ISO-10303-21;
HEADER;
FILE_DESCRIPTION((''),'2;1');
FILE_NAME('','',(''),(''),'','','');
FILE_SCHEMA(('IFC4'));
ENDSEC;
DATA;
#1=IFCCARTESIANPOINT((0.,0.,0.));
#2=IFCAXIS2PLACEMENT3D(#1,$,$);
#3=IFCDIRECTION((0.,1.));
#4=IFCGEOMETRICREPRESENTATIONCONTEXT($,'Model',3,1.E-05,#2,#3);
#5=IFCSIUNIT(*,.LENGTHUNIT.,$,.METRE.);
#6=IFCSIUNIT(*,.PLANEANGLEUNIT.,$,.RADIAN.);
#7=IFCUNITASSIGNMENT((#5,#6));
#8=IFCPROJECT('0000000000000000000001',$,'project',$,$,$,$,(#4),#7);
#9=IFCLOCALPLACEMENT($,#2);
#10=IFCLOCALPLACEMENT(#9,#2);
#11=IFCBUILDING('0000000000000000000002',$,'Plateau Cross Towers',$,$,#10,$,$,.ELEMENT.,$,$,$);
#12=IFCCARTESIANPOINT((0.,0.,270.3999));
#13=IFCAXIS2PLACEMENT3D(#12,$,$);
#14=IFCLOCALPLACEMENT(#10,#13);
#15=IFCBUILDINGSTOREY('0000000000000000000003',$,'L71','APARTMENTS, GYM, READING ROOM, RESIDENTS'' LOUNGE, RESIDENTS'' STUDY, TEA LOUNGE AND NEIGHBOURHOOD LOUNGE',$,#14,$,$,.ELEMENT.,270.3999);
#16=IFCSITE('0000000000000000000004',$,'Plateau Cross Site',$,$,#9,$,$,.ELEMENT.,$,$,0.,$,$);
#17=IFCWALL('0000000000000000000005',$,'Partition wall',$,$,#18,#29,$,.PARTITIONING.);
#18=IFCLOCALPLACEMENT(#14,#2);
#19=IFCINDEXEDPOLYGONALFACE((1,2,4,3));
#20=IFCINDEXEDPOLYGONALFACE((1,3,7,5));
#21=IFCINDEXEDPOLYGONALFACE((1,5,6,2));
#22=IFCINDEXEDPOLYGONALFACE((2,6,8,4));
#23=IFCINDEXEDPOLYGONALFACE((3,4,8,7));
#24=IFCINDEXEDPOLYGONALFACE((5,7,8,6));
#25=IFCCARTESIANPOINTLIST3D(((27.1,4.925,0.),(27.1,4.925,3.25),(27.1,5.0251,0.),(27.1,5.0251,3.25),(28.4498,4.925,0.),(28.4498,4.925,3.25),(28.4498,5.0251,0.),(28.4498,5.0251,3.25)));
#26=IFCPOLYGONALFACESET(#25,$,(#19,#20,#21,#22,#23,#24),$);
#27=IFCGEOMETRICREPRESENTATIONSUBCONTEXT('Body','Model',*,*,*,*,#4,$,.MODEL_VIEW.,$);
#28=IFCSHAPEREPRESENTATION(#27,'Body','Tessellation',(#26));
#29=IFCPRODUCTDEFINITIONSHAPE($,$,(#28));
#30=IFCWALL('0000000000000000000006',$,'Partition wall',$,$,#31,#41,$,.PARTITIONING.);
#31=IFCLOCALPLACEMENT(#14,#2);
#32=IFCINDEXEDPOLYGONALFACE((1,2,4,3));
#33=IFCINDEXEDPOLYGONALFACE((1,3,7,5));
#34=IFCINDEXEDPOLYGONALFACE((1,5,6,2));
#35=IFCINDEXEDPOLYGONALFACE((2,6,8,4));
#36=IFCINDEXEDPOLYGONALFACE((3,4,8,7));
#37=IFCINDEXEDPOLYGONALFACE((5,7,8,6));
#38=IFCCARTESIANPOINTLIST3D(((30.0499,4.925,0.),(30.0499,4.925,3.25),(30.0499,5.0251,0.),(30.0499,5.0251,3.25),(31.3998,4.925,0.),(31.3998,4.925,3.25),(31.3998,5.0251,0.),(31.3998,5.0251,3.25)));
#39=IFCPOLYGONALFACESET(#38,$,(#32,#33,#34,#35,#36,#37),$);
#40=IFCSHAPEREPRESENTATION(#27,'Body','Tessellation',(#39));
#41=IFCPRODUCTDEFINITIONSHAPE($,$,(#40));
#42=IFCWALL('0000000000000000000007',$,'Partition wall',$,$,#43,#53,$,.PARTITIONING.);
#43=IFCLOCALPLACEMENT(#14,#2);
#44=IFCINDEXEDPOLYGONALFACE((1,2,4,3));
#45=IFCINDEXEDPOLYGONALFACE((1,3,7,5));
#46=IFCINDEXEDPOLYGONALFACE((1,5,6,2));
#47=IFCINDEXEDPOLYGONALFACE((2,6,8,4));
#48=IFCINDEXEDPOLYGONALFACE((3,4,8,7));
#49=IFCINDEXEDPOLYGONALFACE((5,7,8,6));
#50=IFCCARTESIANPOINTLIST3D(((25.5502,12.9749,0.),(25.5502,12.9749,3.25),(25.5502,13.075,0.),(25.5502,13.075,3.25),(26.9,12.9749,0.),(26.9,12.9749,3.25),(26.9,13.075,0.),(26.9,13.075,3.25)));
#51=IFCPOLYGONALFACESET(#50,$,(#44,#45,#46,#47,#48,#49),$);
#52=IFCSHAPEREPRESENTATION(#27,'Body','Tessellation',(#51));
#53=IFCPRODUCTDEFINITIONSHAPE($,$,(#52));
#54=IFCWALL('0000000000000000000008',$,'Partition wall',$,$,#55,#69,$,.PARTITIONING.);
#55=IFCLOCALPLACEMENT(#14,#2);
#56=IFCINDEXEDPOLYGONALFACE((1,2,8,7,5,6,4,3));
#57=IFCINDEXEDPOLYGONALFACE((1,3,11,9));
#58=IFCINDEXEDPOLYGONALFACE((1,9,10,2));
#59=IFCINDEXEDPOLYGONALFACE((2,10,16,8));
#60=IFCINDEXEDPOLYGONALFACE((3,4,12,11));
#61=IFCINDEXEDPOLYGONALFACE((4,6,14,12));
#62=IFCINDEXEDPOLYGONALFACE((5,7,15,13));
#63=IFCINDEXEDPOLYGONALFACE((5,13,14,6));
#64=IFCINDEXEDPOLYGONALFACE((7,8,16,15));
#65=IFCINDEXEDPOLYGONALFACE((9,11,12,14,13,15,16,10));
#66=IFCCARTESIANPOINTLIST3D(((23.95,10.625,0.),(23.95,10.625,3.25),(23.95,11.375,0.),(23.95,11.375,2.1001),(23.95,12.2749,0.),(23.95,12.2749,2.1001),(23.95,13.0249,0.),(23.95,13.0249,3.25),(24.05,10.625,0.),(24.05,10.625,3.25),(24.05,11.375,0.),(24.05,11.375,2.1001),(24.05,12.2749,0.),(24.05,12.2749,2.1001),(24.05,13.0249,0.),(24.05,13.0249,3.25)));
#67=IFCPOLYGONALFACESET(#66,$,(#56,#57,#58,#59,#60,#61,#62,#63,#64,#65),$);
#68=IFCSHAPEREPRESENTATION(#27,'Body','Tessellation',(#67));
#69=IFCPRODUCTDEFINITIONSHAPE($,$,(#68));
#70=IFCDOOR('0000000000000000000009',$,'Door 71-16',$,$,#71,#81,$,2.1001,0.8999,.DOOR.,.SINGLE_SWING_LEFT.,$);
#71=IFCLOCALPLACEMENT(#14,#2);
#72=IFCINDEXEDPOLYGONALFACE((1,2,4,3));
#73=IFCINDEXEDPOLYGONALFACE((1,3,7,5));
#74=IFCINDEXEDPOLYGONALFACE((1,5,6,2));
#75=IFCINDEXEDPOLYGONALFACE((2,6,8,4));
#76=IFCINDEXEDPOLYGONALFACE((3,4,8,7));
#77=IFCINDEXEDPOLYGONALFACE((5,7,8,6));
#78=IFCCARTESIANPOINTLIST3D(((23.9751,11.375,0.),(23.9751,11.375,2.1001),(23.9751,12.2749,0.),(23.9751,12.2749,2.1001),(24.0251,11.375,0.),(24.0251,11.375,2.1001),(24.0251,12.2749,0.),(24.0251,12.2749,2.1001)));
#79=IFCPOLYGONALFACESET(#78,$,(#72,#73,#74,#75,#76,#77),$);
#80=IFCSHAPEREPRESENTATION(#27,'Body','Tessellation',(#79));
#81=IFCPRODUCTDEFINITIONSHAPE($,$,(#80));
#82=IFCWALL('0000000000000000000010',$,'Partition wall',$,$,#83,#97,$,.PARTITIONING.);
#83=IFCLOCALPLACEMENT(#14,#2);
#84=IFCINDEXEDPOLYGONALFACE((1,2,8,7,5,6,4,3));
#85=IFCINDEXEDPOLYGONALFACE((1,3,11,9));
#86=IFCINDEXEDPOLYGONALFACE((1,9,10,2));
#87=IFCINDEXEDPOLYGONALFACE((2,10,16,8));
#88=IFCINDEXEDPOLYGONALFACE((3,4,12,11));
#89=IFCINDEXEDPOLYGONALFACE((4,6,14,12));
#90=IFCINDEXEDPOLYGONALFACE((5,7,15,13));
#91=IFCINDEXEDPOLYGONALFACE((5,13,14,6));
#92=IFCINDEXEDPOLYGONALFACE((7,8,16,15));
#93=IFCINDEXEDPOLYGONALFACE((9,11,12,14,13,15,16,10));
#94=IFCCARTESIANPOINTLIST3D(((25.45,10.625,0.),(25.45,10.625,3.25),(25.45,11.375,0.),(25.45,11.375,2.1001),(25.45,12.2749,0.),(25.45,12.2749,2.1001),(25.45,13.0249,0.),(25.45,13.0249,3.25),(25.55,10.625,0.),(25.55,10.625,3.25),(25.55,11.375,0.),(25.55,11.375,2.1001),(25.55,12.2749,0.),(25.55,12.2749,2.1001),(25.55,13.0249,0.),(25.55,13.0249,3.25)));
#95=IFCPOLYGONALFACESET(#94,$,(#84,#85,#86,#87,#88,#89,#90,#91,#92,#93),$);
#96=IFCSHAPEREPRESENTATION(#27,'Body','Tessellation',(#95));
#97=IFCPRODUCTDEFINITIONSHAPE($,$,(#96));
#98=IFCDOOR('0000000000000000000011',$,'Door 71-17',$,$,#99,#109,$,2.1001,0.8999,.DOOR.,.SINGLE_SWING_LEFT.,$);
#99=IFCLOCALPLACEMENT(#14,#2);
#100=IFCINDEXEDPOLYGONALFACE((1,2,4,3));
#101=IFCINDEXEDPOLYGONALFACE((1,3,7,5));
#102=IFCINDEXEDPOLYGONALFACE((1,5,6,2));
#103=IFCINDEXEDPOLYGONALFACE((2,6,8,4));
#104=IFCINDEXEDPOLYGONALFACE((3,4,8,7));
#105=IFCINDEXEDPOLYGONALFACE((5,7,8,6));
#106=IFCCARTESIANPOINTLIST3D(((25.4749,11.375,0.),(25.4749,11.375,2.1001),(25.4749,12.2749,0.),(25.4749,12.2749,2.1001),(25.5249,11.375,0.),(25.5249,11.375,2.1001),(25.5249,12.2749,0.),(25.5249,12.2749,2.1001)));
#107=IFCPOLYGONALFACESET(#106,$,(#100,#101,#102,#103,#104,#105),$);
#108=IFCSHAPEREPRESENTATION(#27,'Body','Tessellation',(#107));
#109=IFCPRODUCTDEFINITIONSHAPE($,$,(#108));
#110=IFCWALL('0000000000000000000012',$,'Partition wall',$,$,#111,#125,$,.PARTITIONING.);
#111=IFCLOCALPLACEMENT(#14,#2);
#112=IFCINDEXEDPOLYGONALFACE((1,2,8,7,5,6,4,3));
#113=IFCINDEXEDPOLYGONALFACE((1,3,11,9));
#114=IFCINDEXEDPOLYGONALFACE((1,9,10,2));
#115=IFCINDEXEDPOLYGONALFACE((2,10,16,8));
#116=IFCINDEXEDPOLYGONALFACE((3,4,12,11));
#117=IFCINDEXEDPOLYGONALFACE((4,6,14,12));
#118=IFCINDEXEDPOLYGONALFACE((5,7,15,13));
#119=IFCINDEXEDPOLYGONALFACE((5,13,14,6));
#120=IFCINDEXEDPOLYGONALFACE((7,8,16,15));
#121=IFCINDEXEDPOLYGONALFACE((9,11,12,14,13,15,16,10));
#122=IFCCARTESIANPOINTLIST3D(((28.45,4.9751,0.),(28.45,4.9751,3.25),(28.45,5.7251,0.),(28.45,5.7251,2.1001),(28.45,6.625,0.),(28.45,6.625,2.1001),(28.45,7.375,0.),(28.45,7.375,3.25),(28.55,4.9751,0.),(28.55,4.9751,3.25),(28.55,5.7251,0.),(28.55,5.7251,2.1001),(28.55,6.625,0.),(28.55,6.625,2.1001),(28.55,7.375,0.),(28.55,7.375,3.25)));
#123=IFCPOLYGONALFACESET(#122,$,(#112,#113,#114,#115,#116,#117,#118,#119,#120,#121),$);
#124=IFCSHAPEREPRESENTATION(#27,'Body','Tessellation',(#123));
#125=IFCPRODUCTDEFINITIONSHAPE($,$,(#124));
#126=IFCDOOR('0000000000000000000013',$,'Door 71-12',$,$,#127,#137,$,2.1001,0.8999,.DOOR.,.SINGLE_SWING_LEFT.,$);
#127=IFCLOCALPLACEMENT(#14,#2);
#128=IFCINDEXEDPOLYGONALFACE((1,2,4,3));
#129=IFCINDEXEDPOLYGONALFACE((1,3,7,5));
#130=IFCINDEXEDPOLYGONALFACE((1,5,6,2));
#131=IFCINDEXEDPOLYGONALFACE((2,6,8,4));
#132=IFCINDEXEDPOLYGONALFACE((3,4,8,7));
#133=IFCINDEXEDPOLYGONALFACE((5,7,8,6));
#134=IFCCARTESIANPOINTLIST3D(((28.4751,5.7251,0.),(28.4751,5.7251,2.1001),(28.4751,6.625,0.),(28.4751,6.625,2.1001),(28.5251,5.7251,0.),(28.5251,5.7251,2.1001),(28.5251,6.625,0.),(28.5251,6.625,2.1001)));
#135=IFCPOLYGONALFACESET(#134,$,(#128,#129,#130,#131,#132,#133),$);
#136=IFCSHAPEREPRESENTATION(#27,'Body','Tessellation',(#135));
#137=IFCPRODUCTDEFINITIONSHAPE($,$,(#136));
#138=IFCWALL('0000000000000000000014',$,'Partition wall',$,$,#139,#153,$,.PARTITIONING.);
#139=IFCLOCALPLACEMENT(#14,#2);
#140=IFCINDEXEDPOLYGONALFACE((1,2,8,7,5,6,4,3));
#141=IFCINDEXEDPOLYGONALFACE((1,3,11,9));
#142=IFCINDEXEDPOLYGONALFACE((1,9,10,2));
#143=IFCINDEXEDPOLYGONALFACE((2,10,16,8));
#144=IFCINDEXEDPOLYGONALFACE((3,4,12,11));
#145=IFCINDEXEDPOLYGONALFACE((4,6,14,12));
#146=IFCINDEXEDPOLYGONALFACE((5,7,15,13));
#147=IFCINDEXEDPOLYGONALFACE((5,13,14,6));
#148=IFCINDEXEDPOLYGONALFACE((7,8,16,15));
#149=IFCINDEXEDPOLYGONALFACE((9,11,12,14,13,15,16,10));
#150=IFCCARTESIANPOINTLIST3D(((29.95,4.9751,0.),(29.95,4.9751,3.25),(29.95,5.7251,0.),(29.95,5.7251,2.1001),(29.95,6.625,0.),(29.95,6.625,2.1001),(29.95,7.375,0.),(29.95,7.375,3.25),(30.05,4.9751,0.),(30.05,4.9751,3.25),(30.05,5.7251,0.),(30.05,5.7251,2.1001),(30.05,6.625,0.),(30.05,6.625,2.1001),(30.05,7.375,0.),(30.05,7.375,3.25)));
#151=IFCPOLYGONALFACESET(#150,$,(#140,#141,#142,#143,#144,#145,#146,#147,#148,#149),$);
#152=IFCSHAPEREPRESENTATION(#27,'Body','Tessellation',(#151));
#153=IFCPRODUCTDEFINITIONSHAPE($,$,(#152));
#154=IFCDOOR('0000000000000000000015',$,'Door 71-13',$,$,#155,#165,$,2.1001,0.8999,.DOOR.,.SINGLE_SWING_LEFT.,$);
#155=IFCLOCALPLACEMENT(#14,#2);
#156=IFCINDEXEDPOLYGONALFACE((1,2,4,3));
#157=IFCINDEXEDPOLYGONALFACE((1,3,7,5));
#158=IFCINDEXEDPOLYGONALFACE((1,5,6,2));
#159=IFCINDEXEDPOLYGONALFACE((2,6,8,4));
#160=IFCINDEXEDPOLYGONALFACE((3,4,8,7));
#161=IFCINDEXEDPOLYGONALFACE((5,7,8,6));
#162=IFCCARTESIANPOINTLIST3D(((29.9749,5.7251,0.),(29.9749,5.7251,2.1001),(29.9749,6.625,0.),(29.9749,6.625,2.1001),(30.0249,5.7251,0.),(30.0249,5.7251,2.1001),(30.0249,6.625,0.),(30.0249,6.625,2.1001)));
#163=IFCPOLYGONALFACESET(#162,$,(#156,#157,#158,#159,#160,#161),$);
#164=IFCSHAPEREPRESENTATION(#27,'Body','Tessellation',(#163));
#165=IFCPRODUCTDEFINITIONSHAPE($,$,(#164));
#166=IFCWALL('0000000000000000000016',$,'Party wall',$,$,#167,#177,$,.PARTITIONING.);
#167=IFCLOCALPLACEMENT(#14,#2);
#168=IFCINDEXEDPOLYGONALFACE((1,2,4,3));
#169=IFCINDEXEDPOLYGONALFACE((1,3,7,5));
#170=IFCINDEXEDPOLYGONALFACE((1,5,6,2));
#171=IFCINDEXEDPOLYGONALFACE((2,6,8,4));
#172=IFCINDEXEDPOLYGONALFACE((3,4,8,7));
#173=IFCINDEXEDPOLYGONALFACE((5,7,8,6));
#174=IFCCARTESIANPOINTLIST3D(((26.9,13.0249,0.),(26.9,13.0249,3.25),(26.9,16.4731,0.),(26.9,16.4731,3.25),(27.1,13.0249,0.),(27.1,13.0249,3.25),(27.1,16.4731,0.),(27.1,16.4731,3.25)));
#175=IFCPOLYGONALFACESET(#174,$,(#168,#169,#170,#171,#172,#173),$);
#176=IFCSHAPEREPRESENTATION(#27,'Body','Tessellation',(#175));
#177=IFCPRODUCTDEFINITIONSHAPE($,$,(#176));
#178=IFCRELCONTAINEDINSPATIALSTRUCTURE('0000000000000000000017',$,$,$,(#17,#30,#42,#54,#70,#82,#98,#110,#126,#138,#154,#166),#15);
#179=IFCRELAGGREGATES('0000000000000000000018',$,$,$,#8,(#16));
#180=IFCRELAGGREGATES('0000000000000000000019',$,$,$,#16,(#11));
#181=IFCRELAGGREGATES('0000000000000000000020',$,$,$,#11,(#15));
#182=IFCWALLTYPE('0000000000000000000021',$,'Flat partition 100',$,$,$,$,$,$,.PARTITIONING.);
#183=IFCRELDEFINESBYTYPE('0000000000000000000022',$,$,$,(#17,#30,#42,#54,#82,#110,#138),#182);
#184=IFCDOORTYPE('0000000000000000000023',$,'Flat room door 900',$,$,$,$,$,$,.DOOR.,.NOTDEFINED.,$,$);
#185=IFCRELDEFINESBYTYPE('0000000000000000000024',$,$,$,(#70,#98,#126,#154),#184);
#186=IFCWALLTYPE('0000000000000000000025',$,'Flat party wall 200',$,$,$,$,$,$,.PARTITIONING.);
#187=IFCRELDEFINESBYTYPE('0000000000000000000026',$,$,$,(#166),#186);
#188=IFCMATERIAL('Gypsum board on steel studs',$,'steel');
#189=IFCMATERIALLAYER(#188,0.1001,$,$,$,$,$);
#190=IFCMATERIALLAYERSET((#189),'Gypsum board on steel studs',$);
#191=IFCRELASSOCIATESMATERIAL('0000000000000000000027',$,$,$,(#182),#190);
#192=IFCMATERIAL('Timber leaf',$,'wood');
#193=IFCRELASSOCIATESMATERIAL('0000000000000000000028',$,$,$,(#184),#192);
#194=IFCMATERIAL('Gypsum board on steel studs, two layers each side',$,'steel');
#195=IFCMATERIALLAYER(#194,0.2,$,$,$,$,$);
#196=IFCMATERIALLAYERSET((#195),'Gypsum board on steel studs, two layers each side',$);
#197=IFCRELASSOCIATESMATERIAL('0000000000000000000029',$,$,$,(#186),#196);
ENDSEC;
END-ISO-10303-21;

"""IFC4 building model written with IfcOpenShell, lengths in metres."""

from ifc_helpers import new_model, si_unit, direction, frame, frame_2d, origin, place, context, subcontext, project, spatial, rectangle, extrude, material, layer, layer_set, type_object, element, fill, save


model = new_model("IFC4")

# Units and contexts
model_context = context("Model", 3, precision=1e-05, world=origin(), true_north=direction((0.0, 1.0)))
body_context = subcontext(model_context, "Body", "Model", "MODEL_VIEW")
ifc_project = project(units=[si_unit("LENGTHUNIT", "METRE"), si_unit("PLANEANGLEUNIT", "RADIAN")], contexts=[model_context])

# Site, building, storey
site_placement = place(None, origin())
site = spatial("IfcSite", under=ifc_project, at=site_placement, Name="Plateau Cross Site", CompositionType="ELEMENT", RefElevation=0.0)
building_placement = place(site_placement, origin())
building = spatial("IfcBuilding", under=site, at=building_placement, Name="Plateau Cross Towers", CompositionType="ELEMENT")
storey_placement = place(building_placement, frame((0.0, 0.0, 270.3999)))
storey = spatial("IfcBuildingStorey", under=building, at=storey_placement, Name="L71", Description="APARTMENTS, GYM, READING ROOM, RESIDENTS' LOUNGE, RESIDENTS' STUDY, TEA LOUNGE AND NEIGHBOURHOOD LOUNGE", CompositionType="ELEMENT", Elevation=270.3999)

# Walls
ifc_material_1 = material(Name="Gypsum board on steel studs", Category="steel")
ifc_layer_1 = layer(ifc_material_1, 0.1001)
ifc_layer_set_1 = layer_set([ifc_layer_1], Name="Gypsum board on steel studs")
wall_type_1 = type_object("IfcWallType", Name="Flat partition 100", PredefinedType="PARTITIONING", material=ifc_layer_set_1)
for number, where, z_axis, x_axis, name in (
    (1, (27.1001, 4.9751, 0.0), (0.0, 0.0, 1.0), (1.0, 0.0, 0.0), "Partition wall"),
    (2, (30.05, 4.9751, 0.0), (0.0, 0.0, 1.0), (1.0, 0.0, 0.0), "Partition wall"),
    (3, (26.8999, 13.0249, 0.0), (0.0, 0.0, 1.0), (-1.0, 0.0, 0.0), "Partition wall"),
):
    element("IfcWall", number, at=place(storey_placement, frame(where, z_axis=z_axis, x_axis=x_axis)), inside=storey, type_object=wall_type_1, Name=name, PredefinedType="PARTITIONING", context=body_context, shape_type="SweptSolid", body=[
        extrude(rectangle(XDim=1.3499, YDim=0.1001, at=frame_2d((0.6748, 0.0))), origin(), (0.0, 0.0, 1.0), 3.25),
    ])

# Walls, openings, doors
wall_1_placement = place(storey_placement, frame((24.0, 10.625, 0.0), z_axis=(0.0, 0.0, 1.0), x_axis=(0.0, 1.0, 0.0)))
wall_1 = element("IfcWall", 4, at=wall_1_placement, inside=storey, type_object=wall_type_1, Name="Partition wall", PredefinedType="PARTITIONING", context=body_context, shape_type="SweptSolid", body=[
    extrude(rectangle(XDim=2.3999, YDim=0.1001, at=frame_2d((1.2, 0.0))), origin(), (0.0, 0.0, 1.0), 3.25),
])
opening_1_placement = place(wall_1_placement, frame((0.75, 0.0, 0.0)))
opening_1 = element("IfcOpeningElement", 5, at=opening_1_placement, cuts=wall_1, PredefinedType="OPENING", context=body_context, shape_type="SweptSolid", body=[
    extrude(rectangle(XDim=0.8999, YDim=2.1001, at=frame_2d((0.45, 1.05))), frame((0.0, 0.0601, 0.0), z_axis=(0.0, -1.0, 0.0), x_axis=(1.0, 0.0, 0.0)), (0.0, 0.0, 1.0), 0.1201),
])
ifc_material_2 = material(Name="Timber leaf", Category="wood")
door_type = type_object("IfcDoorType", Name="Flat room door 900", OperationType="NOTDEFINED", PredefinedType="DOOR", material=ifc_material_2)
door_1_placement = place(opening_1_placement, origin())
door_1 = element("IfcDoor", 6, at=door_1_placement, inside=storey, type_object=door_type, Name="Door 71-16", OperationType="SINGLE_SWING_LEFT", OverallHeight=2.1001, OverallWidth=0.8999, PredefinedType="DOOR", context=body_context, shape_type="SweptSolid", body=[
    extrude(rectangle(XDim=0.8999, YDim=2.1001, at=frame_2d((0.45, 1.05))), frame((0.0, 0.0249, 0.0), z_axis=(0.0, -1.0, 0.0), x_axis=(1.0, 0.0, 0.0)), (0.0, 0.0, 1.0), 0.05),
])
fill(opening_1, door_1)
wall_2_placement = place(storey_placement, frame((25.5, 13.0249, 0.0), z_axis=(0.0, 0.0, 1.0), x_axis=(0.0, -1.0, 0.0)))
wall_2 = element("IfcWall", 7, at=wall_2_placement, inside=storey, type_object=wall_type_1, Name="Partition wall", PredefinedType="PARTITIONING", context=body_context, shape_type="SweptSolid", body=[
    extrude(rectangle(XDim=2.3999, YDim=0.1001, at=frame_2d((1.2, 0.0))), origin(), (0.0, 0.0, 1.0), 3.25),
])
opening_2_placement = place(wall_2_placement, frame((0.75, 0.0, 0.0)))
opening_2 = element("IfcOpeningElement", 8, at=opening_2_placement, cuts=wall_2, PredefinedType="OPENING", context=body_context, shape_type="SweptSolid", body=[
    extrude(rectangle(XDim=0.8999, YDim=2.1001, at=frame_2d((0.45, 1.05))), frame((0.0, 0.0601, 0.0), z_axis=(0.0, -1.0, 0.0), x_axis=(1.0, 0.0, 0.0)), (0.0, 0.0, 1.0), 0.1201),
])
door_2_placement = place(opening_2_placement, origin())
door_2 = element("IfcDoor", 9, at=door_2_placement, inside=storey, type_object=door_type, Name="Door 71-17", OperationType="SINGLE_SWING_LEFT", OverallHeight=2.1001, OverallWidth=0.8999, PredefinedType="DOOR", context=body_context, shape_type="SweptSolid", body=[
    extrude(rectangle(XDim=0.8999, YDim=2.1001, at=frame_2d((0.45, 1.05))), frame((0.0, 0.0249, 0.0), z_axis=(0.0, -1.0, 0.0), x_axis=(1.0, 0.0, 0.0)), (0.0, 0.0, 1.0), 0.05),
])
fill(opening_2, door_2)
wall_3_placement = place(storey_placement, frame((28.5, 4.9751, 0.0), z_axis=(0.0, 0.0, 1.0), x_axis=(0.0, 1.0, 0.0)))
wall_3 = element("IfcWall", 10, at=wall_3_placement, inside=storey, type_object=wall_type_1, Name="Partition wall", PredefinedType="PARTITIONING", context=body_context, shape_type="SweptSolid", body=[
    extrude(rectangle(XDim=2.3999, YDim=0.1001, at=frame_2d((1.2, 0.0))), origin(), (0.0, 0.0, 1.0), 3.25),
])
opening_3_placement = place(wall_3_placement, frame((0.75, 0.0, 0.0)))
opening_3 = element("IfcOpeningElement", 11, at=opening_3_placement, cuts=wall_3, PredefinedType="OPENING", context=body_context, shape_type="SweptSolid", body=[
    extrude(rectangle(XDim=0.8999, YDim=2.1001, at=frame_2d((0.45, 1.05))), frame((0.0, 0.0601, 0.0), z_axis=(0.0, -1.0, 0.0), x_axis=(1.0, 0.0, 0.0)), (0.0, 0.0, 1.0), 0.1201),
])
door_3_placement = place(opening_3_placement, origin())
door_3 = element("IfcDoor", 12, at=door_3_placement, inside=storey, type_object=door_type, Name="Door 71-12", OperationType="SINGLE_SWING_LEFT", OverallHeight=2.1001, OverallWidth=0.8999, PredefinedType="DOOR", context=body_context, shape_type="SweptSolid", body=[
    extrude(rectangle(XDim=0.8999, YDim=2.1001, at=frame_2d((0.45, 1.05))), frame((0.0, 0.0249, 0.0), z_axis=(0.0, -1.0, 0.0), x_axis=(1.0, 0.0, 0.0)), (0.0, 0.0, 1.0), 0.05),
])
fill(opening_3, door_3)
wall_4_placement = place(storey_placement, frame((30.0, 7.375, 0.0), z_axis=(0.0, 0.0, 1.0), x_axis=(0.0, -1.0, 0.0)))
wall_4 = element("IfcWall", 13, at=wall_4_placement, inside=storey, type_object=wall_type_1, Name="Partition wall", PredefinedType="PARTITIONING", context=body_context, shape_type="SweptSolid", body=[
    extrude(rectangle(XDim=2.3999, YDim=0.1001, at=frame_2d((1.2, 0.0))), origin(), (0.0, 0.0, 1.0), 3.25),
])
opening_4_placement = place(wall_4_placement, frame((0.75, 0.0, 0.0)))
opening_4 = element("IfcOpeningElement", 14, at=opening_4_placement, cuts=wall_4, PredefinedType="OPENING", context=body_context, shape_type="SweptSolid", body=[
    extrude(rectangle(XDim=0.8999, YDim=2.1001, at=frame_2d((0.45, 1.05))), frame((0.0, 0.0601, 0.0), z_axis=(0.0, -1.0, 0.0), x_axis=(1.0, 0.0, 0.0)), (0.0, 0.0, 1.0), 0.1201),
])
door_4_placement = place(opening_4_placement, origin())
door_4 = element("IfcDoor", 15, at=door_4_placement, inside=storey, type_object=door_type, Name="Door 71-13", OperationType="SINGLE_SWING_LEFT", OverallHeight=2.1001, OverallWidth=0.8999, PredefinedType="DOOR", context=body_context, shape_type="SweptSolid", body=[
    extrude(rectangle(XDim=0.8999, YDim=2.1001, at=frame_2d((0.45, 1.05))), frame((0.0, 0.0249, 0.0), z_axis=(0.0, -1.0, 0.0), x_axis=(1.0, 0.0, 0.0)), (0.0, 0.0, 1.0), 0.05),
])
fill(opening_4, door_4)

# Wall
ifc_material_3 = material(Name="Gypsum board on steel studs, two layers each side", Category="steel")
ifc_layer_2 = layer(ifc_material_3, 0.2)
ifc_layer_set_2 = layer_set([ifc_layer_2], Name="Gypsum board on steel studs, two layers each side")
wall_type_2 = type_object("IfcWallType", Name="Flat party wall 200", PredefinedType="PARTITIONING", material=ifc_layer_set_2)
wall_5_placement = place(storey_placement, frame((27.0, 16.4731, 0.0), z_axis=(0.0, 0.0, 1.0), x_axis=(0.0, -1.0, 0.0)))
element("IfcWall", 16, at=wall_5_placement, inside=storey, type_object=wall_type_2, Name="Party wall", PredefinedType="PARTITIONING", context=body_context, shape_type="SweptSolid", body=[
    extrude(rectangle(XDim=3.4482, YDim=0.2, at=frame_2d((1.7241, 0.0))), origin(), (0.0, 0.0, 1.0), 3.25),
])

save(model, "model.ifc")
